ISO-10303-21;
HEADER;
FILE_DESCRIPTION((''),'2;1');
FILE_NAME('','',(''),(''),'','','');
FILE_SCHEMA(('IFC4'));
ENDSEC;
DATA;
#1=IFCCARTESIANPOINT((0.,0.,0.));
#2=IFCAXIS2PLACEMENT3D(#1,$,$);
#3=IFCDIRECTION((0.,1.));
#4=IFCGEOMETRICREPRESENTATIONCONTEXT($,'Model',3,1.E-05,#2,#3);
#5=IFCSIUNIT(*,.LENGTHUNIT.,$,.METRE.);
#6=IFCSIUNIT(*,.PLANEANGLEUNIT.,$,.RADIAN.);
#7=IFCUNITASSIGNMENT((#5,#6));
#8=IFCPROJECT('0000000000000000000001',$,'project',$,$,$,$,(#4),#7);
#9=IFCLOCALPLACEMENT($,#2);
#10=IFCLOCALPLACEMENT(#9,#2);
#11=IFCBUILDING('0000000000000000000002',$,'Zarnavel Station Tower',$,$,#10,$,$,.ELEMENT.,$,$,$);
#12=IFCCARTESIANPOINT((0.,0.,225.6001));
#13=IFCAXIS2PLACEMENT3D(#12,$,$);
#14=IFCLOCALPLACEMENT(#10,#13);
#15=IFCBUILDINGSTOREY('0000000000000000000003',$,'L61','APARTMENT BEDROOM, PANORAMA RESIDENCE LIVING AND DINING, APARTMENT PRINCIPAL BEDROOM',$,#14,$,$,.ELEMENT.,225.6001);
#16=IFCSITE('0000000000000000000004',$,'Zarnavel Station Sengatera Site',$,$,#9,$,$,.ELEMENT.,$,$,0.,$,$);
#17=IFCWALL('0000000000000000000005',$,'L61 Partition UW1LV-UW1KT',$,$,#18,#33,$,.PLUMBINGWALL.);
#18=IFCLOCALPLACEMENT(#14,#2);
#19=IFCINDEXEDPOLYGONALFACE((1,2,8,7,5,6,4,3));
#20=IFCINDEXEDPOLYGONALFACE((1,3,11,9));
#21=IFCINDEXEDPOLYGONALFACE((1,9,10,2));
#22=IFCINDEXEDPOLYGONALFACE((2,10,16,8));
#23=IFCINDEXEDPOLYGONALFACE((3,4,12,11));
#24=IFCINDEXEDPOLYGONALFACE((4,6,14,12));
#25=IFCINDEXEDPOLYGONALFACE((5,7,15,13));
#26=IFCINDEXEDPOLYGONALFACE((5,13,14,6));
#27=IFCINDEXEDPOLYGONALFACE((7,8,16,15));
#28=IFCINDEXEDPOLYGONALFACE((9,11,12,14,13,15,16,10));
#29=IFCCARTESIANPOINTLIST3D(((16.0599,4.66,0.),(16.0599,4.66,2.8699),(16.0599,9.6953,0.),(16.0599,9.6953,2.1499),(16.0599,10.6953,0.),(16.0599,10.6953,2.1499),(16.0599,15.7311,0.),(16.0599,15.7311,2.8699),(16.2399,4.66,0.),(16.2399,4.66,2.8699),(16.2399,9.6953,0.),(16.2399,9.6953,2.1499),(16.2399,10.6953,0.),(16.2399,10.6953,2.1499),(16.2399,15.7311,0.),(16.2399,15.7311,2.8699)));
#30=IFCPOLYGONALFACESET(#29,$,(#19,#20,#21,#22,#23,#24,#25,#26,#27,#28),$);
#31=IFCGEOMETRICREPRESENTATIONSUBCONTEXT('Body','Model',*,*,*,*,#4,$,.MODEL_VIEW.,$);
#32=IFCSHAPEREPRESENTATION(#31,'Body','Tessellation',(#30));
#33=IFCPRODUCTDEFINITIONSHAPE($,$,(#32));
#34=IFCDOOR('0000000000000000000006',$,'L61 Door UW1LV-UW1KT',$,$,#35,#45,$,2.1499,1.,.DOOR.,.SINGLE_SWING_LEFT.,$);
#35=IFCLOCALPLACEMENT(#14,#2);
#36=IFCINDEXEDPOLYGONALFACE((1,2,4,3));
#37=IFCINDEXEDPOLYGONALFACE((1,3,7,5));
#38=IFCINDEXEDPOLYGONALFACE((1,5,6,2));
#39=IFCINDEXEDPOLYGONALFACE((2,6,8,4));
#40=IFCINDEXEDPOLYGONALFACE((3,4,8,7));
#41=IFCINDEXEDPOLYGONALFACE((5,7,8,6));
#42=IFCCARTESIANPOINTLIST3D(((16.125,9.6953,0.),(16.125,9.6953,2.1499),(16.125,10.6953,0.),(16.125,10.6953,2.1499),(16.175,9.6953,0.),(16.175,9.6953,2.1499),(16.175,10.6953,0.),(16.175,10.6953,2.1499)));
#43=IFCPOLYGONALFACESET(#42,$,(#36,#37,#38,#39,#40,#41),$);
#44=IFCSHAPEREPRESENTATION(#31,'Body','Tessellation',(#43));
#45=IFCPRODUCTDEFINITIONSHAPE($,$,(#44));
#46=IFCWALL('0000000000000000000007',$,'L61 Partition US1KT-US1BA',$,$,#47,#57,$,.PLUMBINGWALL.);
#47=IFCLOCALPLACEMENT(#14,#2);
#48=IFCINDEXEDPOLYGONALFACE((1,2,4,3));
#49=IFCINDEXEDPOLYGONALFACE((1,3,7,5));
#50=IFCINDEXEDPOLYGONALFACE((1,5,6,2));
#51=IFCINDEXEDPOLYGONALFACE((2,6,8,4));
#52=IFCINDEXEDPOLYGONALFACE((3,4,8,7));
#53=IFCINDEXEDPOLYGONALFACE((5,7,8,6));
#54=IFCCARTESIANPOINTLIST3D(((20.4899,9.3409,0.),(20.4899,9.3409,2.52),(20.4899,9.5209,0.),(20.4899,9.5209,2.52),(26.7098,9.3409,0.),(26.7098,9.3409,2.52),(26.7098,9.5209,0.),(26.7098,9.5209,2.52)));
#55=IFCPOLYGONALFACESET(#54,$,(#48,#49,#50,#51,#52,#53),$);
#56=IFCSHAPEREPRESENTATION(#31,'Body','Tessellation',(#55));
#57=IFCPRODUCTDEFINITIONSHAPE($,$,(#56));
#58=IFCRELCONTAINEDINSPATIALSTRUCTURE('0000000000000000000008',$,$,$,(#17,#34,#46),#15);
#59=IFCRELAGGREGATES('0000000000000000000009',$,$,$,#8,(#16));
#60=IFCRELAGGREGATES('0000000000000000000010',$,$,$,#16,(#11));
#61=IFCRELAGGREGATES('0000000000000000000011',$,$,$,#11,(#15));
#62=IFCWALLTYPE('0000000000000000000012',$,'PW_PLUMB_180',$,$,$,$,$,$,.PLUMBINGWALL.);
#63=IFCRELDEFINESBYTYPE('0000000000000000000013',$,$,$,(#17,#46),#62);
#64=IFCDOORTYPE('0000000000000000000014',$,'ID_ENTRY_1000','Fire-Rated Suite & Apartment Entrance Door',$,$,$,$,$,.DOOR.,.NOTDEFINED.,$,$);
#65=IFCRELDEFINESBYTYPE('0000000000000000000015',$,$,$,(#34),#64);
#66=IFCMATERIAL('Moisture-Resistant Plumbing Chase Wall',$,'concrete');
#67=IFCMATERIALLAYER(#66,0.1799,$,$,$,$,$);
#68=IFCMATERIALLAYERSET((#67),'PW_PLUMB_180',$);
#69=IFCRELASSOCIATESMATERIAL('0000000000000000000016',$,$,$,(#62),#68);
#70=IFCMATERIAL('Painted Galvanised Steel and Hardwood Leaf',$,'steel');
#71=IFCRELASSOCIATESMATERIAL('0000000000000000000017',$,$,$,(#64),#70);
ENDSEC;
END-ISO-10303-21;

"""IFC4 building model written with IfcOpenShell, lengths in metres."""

from ifc_helpers import new_model, si_unit, direction, frame, frame_2d, origin, place, context, subcontext, project, spatial, rectangle, extrude, material, layer, layer_set, type_object, element, fill, save


model = new_model("IFC4")

# Units and contexts
model_context = context("Model", 3, precision=1e-05, world=origin(), true_north=direction((0.0, 1.0)))
body_context = subcontext(model_context, "Body", "Model", "MODEL_VIEW")
ifc_project = project(units=[si_unit("LENGTHUNIT", "METRE"), si_unit("PLANEANGLEUNIT", "RADIAN")], contexts=[model_context])

# Site, building, storey
site_placement = place(None, origin())
site = spatial("IfcSite", under=ifc_project, at=site_placement, Name="Zarnavel Station Sengatera Site", CompositionType="ELEMENT", RefElevation=0.0)
building_placement = place(site_placement, origin())
building = spatial("IfcBuilding", under=site, at=building_placement, Name="Zarnavel Station Tower", CompositionType="ELEMENT")
storey_placement = place(building_placement, frame((0.0, 0.0, 225.6001)))
storey = spatial("IfcBuildingStorey", under=building, at=storey_placement, Name="L61", Description="APARTMENT BEDROOM, PANORAMA RESIDENCE LIVING AND DINING, APARTMENT PRINCIPAL BEDROOM", CompositionType="ELEMENT", Elevation=225.6001)

# Shared definitions
ifc_material_1 = material(Name="Moisture-Resistant Plumbing Chase Wall", Category="concrete")
ifc_layer_1 = layer(ifc_material_1, 0.1799)
ifc_layer_set_1 = layer_set([ifc_layer_1], Name="PW_PLUMB_180")
wall_type_1 = type_object("IfcWallType", Name="PW_PLUMB_180", PredefinedType="PLUMBINGWALL", material=ifc_layer_set_1)

# Wall, opening, door
wall_1_placement = place(storey_placement, frame((16.1499, 4.6599, 0.0), z_axis=(0.0, 0.0, 1.0), x_axis=(0.0, 1.0, 0.0)))
wall_1 = element("IfcWall", 1, at=wall_1_placement, inside=storey, type_object=wall_type_1, Name="L61 Partition UW1LV-UW1KT", PredefinedType="PLUMBINGWALL", context=body_context, shape_type="SweptSolid", body=[
    extrude(rectangle(XDim=11.071, YDim=0.1799, at=frame_2d((5.5356, 0.0))), origin(), (0.0, 0.0, 1.0), 2.8699),
])
opening_1_placement = place(wall_1_placement, frame((5.0354, 0.0, 0.0)))
opening_1 = element("IfcOpeningElement", 2, at=opening_1_placement, cuts=wall_1, PredefinedType="OPENING", context=body_context, shape_type="SweptSolid", body=[
    extrude(rectangle(XDim=1.0, YDim=2.1499, at=frame_2d((0.5, 1.075))), frame((0.0, 0.0999, 0.0), z_axis=(0.0, -1.0, 0.0), x_axis=(1.0, 0.0, 0.0)), (0.0, 0.0, 1.0), 0.2),
])
ifc_material_2 = material(Name="Painted Galvanised Steel and Hardwood Leaf", Category="steel")
door_type_1 = type_object("IfcDoorType", Name="ID_ENTRY_1000", Description="Fire-Rated Suite & Apartment Entrance Door", OperationType="NOTDEFINED", PredefinedType="DOOR", material=ifc_material_2)
door_1_placement = place(opening_1_placement, origin())
door_1 = element("IfcDoor", 3, at=door_1_placement, inside=storey, type_object=door_type_1, Name="L61 Door UW1LV-UW1KT", OperationType="SINGLE_SWING_LEFT", OverallHeight=2.1499, OverallWidth=1.0, PredefinedType="DOOR", context=body_context, shape_type="SweptSolid", body=[
    extrude(rectangle(XDim=1.0, YDim=2.1499, at=frame_2d((0.5, 1.075))), frame((0.0, 0.0249, 0.0), z_axis=(0.0, -1.0, 0.0), x_axis=(1.0, 0.0, 0.0)), (0.0, 0.0, 1.0), 0.05),
])
fill(opening_1, door_1)

# Wall
wall_2_placement = place(storey_placement, frame((20.49, 9.4309, 0.0), z_axis=(0.0, 0.0, 1.0), x_axis=(1.0, 0.0, 0.0)))
element("IfcWall", 4, at=wall_2_placement, inside=storey, type_object=wall_type_1, Name="L61 Partition US1KT-US1BA", PredefinedType="PLUMBINGWALL", context=body_context, shape_type="SweptSolid", body=[
    extrude(rectangle(XDim=6.22, YDim=0.1799, at=frame_2d((3.1099, 0.0))), origin(), (0.0, 0.0, 1.0), 2.52),
])

save(model, "model.ifc")
